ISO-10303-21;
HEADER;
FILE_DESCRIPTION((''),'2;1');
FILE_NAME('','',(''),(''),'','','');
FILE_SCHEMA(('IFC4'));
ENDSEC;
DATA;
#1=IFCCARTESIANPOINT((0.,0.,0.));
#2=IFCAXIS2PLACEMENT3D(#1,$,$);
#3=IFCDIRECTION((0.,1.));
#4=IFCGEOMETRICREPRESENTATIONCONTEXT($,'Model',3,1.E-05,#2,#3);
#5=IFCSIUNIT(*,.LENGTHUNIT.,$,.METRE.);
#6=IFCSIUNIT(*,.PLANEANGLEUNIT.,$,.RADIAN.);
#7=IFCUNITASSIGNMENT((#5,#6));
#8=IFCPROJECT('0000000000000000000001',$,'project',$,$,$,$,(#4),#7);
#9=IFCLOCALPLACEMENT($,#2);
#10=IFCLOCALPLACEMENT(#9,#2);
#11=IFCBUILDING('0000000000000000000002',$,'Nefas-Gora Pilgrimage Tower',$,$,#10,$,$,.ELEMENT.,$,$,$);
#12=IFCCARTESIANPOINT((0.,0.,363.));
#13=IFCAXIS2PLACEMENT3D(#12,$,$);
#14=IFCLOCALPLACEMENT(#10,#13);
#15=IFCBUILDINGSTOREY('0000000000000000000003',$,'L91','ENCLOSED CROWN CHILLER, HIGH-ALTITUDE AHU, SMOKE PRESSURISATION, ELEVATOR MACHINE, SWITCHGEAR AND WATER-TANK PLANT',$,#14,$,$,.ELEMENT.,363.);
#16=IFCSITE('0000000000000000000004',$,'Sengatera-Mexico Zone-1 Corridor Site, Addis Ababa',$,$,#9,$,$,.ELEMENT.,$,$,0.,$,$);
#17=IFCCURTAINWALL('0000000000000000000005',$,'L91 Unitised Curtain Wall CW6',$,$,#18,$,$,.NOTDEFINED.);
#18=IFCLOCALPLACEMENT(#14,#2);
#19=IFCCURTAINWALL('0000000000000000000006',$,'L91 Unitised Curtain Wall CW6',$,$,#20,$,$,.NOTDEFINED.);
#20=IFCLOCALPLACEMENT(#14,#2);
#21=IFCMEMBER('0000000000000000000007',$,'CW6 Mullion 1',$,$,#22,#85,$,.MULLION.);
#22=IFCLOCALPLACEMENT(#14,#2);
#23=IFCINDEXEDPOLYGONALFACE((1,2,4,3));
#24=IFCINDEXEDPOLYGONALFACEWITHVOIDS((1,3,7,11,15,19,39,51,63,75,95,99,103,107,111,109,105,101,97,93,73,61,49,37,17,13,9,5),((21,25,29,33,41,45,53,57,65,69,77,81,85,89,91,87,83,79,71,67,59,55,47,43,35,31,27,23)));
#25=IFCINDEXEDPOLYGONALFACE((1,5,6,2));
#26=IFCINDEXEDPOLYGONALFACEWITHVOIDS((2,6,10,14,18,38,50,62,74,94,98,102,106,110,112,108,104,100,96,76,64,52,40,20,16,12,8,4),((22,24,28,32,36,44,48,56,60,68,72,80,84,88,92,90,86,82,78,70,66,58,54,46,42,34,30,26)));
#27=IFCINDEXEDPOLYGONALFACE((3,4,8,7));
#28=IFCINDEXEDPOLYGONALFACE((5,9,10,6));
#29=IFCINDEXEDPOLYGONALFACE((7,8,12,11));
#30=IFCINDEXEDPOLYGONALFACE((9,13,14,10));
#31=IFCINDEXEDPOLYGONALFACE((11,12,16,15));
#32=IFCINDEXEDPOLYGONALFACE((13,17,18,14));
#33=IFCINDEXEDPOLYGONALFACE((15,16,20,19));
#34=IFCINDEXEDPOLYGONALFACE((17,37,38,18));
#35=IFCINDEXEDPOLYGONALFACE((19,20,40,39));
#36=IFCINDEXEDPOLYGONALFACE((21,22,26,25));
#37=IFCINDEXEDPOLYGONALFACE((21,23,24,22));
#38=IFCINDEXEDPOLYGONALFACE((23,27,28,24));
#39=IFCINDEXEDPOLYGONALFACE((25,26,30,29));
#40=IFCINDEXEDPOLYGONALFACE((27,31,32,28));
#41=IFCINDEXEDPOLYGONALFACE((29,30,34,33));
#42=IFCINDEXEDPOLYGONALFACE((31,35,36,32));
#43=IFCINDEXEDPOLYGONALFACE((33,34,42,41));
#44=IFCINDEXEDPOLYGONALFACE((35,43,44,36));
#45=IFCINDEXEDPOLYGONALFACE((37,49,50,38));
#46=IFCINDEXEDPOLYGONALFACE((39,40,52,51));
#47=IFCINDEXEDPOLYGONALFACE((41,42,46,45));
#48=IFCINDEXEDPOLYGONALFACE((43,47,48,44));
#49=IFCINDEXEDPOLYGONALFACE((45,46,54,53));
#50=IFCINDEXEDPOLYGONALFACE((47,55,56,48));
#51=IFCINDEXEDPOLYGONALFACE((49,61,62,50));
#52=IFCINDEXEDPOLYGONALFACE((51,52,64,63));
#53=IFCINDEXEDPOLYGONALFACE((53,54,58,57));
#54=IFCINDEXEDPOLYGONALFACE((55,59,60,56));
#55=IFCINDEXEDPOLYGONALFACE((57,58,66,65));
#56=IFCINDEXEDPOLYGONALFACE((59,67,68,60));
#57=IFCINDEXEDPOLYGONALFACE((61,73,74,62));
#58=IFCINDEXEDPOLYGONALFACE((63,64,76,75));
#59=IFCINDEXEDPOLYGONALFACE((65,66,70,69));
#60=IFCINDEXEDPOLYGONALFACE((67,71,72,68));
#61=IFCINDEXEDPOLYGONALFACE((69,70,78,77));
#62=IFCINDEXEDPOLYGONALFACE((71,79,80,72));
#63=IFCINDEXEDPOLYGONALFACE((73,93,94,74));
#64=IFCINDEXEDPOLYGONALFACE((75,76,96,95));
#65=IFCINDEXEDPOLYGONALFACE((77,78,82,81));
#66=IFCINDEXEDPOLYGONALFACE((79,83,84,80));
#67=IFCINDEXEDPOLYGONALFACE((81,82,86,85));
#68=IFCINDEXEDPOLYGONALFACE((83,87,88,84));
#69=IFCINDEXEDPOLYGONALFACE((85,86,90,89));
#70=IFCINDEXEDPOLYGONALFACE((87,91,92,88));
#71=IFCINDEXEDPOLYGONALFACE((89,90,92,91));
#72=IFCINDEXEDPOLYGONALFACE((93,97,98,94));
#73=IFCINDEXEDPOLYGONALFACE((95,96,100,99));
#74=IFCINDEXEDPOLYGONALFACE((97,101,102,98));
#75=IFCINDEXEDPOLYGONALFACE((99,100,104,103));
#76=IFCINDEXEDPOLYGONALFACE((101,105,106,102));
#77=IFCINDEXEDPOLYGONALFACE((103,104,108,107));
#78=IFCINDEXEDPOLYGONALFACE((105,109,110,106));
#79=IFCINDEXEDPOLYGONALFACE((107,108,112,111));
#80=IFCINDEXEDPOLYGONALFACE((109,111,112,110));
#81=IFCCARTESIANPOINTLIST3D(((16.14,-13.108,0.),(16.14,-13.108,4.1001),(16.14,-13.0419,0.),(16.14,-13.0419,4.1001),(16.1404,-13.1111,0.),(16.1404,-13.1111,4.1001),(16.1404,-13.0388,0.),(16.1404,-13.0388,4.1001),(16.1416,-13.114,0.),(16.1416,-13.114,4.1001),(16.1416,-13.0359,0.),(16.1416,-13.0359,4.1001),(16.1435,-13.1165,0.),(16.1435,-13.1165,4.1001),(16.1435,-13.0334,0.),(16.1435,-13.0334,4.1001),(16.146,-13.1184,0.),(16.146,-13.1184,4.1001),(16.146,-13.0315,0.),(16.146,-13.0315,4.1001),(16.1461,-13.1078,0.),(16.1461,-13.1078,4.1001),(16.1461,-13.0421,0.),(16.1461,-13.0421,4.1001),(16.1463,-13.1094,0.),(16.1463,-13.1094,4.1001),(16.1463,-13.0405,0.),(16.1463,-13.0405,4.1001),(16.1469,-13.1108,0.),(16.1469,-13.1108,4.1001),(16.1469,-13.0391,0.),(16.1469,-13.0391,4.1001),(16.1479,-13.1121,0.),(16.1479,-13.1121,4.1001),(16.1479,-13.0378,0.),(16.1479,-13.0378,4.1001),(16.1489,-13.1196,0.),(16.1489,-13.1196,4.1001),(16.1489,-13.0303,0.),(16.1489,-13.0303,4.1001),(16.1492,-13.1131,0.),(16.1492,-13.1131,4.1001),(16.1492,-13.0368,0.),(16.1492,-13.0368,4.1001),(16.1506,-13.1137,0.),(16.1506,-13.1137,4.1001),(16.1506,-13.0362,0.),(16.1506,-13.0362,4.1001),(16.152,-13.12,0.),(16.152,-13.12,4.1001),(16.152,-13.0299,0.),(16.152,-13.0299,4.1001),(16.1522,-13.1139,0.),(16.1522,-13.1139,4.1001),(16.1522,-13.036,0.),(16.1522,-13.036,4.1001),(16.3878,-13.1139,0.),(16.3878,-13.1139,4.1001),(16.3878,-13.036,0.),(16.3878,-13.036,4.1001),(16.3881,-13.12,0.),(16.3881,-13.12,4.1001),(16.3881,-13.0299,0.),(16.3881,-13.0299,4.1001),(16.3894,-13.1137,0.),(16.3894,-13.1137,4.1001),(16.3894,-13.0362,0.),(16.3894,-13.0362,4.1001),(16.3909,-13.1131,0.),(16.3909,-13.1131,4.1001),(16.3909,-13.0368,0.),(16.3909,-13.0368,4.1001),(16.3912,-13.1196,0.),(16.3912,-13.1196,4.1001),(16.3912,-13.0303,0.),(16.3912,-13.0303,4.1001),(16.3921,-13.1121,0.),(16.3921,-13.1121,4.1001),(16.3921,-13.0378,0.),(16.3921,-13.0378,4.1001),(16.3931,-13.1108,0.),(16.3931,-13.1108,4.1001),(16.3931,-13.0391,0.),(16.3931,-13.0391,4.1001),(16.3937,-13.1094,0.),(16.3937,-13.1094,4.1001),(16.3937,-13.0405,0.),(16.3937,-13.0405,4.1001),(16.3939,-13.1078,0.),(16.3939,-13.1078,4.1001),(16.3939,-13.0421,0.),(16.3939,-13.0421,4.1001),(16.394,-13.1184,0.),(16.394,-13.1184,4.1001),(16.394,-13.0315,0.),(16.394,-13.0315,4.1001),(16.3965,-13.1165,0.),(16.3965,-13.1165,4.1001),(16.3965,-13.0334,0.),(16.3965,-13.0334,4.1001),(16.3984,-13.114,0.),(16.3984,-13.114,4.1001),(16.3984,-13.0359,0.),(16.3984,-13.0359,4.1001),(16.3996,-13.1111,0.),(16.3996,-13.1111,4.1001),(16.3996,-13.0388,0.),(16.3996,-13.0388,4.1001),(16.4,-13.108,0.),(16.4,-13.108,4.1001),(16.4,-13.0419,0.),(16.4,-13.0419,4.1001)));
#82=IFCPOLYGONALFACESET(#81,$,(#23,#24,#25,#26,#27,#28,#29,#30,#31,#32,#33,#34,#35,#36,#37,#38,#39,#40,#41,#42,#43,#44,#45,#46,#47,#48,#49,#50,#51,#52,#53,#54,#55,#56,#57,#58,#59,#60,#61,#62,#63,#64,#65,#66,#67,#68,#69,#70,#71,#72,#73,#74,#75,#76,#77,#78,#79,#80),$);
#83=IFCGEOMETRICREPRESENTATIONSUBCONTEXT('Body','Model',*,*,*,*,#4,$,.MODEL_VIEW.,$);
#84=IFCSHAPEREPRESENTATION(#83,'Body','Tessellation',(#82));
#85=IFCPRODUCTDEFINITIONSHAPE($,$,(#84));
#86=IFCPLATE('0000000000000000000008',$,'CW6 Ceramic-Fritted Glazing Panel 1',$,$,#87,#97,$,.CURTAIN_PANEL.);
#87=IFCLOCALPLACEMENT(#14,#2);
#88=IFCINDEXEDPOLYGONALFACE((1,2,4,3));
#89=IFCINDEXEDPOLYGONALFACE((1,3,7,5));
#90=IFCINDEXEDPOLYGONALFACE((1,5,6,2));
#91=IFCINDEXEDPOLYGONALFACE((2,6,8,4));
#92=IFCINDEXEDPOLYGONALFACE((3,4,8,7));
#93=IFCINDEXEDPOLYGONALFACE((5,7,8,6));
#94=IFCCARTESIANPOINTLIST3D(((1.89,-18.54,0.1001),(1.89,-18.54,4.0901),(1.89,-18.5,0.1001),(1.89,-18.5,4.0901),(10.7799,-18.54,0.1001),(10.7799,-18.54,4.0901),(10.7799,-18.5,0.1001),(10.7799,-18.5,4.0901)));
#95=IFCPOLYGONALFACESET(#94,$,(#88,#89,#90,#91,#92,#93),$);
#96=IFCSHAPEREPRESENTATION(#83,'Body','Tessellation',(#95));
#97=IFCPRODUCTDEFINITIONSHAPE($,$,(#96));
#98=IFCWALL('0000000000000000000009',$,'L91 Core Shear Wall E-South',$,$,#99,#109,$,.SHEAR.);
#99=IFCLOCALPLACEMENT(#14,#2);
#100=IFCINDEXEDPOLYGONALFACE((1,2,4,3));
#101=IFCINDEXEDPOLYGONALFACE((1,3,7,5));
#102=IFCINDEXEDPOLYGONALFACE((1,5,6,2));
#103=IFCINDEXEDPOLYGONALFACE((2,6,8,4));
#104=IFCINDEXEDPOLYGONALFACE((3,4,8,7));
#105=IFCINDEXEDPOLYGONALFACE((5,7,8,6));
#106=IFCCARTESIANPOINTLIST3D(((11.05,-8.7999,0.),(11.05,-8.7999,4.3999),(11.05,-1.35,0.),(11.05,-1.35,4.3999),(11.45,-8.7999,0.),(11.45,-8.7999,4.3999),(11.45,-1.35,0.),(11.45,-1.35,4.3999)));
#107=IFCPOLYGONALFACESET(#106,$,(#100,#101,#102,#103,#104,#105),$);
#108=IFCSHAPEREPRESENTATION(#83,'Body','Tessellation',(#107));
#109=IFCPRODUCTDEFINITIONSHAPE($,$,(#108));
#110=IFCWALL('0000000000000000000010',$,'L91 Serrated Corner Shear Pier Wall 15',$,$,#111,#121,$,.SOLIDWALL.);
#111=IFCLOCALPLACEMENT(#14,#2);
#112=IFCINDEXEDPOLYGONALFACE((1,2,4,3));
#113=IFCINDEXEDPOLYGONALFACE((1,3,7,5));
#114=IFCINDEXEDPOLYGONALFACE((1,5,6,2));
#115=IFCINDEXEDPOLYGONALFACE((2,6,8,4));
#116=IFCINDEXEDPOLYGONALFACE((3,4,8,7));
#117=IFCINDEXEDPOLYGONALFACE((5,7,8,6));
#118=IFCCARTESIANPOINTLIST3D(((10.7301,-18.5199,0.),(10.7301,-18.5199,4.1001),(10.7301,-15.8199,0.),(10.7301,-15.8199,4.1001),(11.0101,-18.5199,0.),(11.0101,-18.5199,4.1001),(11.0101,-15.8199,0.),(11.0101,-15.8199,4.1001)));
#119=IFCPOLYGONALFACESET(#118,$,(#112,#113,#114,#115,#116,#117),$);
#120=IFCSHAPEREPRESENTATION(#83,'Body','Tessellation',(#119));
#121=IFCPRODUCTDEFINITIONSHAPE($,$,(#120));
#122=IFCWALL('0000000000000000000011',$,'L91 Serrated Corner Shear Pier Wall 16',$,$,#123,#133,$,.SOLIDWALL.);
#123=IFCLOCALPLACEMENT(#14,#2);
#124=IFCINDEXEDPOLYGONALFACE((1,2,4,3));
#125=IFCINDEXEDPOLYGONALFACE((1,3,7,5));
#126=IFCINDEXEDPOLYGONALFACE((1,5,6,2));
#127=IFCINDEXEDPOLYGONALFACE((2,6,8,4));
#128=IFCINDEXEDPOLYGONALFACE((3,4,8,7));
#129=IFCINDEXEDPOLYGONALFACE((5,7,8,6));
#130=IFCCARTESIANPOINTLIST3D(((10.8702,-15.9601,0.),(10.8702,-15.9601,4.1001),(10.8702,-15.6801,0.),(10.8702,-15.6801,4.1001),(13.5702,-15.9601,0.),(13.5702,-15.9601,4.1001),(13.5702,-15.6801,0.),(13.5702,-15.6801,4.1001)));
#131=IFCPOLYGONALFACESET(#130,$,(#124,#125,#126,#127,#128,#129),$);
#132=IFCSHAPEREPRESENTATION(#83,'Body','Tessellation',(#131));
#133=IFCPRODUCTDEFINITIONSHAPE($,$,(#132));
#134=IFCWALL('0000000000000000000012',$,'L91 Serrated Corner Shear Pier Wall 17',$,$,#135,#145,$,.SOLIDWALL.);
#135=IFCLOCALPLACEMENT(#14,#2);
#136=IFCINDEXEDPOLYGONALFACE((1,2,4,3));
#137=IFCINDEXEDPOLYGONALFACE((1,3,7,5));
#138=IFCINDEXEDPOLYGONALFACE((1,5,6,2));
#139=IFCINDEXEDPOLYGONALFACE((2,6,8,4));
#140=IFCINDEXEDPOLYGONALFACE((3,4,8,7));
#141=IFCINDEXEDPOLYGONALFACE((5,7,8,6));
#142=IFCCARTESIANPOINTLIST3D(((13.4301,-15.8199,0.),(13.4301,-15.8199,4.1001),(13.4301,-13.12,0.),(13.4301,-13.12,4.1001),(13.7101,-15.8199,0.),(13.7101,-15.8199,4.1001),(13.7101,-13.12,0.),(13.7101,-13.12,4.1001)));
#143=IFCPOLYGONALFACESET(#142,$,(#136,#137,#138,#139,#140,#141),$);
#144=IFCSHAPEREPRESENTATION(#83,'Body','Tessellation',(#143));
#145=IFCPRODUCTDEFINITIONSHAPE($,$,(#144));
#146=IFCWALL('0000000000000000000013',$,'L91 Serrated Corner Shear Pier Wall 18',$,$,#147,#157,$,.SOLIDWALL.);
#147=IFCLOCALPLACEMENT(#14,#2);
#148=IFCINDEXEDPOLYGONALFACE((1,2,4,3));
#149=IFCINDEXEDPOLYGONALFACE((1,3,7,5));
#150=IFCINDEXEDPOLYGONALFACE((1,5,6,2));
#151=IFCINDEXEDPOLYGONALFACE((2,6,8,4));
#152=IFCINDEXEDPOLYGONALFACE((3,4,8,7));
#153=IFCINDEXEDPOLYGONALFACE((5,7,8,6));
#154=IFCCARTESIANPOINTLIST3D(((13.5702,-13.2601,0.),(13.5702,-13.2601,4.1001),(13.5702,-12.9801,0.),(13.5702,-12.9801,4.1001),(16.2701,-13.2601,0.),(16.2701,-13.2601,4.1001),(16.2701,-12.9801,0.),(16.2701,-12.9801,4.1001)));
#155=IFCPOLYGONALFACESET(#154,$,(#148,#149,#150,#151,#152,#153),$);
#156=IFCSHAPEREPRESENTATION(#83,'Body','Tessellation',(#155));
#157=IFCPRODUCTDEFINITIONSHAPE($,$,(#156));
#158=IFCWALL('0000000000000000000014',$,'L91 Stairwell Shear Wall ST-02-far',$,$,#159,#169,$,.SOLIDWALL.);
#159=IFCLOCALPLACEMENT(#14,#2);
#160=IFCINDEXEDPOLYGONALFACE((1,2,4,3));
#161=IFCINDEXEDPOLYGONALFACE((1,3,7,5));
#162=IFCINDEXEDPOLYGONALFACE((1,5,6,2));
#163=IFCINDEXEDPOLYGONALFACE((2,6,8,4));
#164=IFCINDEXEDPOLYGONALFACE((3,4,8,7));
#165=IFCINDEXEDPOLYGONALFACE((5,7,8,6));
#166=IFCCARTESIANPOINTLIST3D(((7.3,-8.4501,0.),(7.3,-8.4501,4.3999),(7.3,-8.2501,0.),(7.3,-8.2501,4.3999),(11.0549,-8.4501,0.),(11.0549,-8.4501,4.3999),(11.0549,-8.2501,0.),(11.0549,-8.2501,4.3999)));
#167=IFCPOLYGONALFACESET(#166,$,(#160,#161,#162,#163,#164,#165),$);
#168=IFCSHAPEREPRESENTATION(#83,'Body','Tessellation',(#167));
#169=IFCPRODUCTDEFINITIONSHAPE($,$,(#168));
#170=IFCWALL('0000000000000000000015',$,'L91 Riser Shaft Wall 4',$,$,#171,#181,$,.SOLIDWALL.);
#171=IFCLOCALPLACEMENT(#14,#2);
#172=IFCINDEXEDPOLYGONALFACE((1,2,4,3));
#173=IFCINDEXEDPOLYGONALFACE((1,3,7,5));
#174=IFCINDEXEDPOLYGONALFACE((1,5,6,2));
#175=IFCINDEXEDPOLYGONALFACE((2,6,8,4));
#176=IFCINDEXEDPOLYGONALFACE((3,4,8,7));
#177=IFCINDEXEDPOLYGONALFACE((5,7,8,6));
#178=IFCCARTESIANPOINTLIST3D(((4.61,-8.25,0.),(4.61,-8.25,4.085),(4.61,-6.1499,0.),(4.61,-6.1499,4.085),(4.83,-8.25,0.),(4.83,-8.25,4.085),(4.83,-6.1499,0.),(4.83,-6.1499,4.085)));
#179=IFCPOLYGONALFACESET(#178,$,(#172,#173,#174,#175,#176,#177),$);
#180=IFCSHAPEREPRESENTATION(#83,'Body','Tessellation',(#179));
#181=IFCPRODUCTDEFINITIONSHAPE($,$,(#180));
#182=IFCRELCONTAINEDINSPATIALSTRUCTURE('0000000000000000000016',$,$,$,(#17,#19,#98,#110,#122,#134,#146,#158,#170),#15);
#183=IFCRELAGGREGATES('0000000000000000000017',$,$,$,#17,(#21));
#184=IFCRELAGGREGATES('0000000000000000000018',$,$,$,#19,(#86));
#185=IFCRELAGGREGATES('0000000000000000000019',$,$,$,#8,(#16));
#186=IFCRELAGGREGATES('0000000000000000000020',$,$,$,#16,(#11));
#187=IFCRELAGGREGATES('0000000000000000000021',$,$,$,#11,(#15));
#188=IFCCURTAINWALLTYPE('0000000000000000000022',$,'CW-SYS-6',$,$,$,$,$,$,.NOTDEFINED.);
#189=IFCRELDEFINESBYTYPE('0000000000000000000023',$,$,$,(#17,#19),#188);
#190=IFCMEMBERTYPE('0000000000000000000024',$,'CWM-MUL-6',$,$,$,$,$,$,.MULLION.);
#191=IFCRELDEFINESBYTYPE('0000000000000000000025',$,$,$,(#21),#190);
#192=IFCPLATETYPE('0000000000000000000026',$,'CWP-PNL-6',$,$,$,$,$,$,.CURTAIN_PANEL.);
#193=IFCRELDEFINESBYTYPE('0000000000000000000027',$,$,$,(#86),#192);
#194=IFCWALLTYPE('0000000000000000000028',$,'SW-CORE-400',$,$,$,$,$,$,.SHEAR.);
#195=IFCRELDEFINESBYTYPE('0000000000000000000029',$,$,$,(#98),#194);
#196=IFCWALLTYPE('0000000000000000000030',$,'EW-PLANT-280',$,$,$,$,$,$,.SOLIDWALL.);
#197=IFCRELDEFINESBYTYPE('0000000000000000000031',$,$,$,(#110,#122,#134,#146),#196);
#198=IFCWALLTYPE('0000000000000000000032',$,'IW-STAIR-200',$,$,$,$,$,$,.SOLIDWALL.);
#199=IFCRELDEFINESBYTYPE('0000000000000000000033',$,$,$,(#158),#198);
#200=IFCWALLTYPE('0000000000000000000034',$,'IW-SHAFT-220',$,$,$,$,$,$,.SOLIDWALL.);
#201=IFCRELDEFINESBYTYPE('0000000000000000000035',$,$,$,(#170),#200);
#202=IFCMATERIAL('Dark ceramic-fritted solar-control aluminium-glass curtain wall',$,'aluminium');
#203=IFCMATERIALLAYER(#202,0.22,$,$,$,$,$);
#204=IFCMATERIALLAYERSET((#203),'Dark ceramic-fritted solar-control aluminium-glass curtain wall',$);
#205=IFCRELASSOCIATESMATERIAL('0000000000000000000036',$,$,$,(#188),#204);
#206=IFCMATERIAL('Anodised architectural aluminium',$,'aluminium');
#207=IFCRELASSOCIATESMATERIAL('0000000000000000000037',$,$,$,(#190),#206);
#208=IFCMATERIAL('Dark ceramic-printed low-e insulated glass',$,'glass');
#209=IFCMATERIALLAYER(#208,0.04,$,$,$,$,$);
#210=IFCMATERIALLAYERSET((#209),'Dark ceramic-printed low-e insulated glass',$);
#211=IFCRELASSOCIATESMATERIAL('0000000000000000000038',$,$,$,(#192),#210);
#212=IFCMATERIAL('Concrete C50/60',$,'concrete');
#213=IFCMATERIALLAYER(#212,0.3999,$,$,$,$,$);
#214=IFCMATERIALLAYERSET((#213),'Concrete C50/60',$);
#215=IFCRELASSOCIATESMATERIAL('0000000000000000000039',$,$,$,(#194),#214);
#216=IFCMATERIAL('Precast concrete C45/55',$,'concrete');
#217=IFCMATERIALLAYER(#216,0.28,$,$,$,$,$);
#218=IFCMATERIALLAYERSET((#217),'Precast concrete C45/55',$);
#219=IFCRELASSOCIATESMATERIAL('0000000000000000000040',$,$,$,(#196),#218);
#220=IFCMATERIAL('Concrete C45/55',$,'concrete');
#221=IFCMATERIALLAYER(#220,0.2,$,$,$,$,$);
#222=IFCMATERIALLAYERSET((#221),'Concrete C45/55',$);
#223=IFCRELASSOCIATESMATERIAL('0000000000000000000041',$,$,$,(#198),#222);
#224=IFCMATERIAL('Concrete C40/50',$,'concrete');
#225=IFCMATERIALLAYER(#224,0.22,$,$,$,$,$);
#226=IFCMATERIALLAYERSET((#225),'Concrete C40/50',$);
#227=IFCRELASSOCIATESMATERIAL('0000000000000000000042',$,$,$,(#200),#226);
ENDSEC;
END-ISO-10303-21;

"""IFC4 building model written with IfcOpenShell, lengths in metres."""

from ifc_helpers import new_model, si_unit, direction, frame, frame_2d, origin, origin_2d, place, context, subcontext, project, spatial, rectangle, hollow_rectangle, extrude, source, transform, mapped, material, layer, layer_set, material_profile, profile_set, type_object, element, aggregate, save


model = new_model("IFC4")

# Units and contexts
model_context = context("Model", 3, precision=1e-05, world=origin(), true_north=direction((0.0, 1.0)))
body_context = subcontext(model_context, "Body", "Model", "MODEL_VIEW")
ifc_project = project(units=[si_unit("LENGTHUNIT", "METRE"), si_unit("PLANEANGLEUNIT", "RADIAN")], contexts=[model_context])

# Site, building, storey
site_placement = place(None, origin())
site = spatial("IfcSite", under=ifc_project, at=site_placement, Name="Sengatera-Mexico Zone-1 Corridor Site, Addis Ababa", CompositionType="ELEMENT", RefElevation=0.0)
building_placement = place(site_placement, origin())
building = spatial("IfcBuilding", under=site, at=building_placement, Name="Nefas-Gora Pilgrimage Tower", CompositionType="ELEMENT")
storey_placement = place(building_placement, frame((0.0, 0.0, 363.0)))
storey = spatial("IfcBuildingStorey", under=building, at=storey_placement, Name="L91", Description="ENCLOSED CROWN CHILLER, HIGH-ALTITUDE AHU, SMOKE PRESSURISATION, ELEVATOR MACHINE, SWITCHGEAR AND WATER-TANK PLANT", CompositionType="ELEMENT", Elevation=363.0)

# Shared definitions
ifc_material_1 = material(Name="Concrete C50/60", Category="concrete")

# Curtain walls
ifc_material_2 = material(Name="Dark ceramic-fritted solar-control aluminium-glass curtain wall", Category="aluminium")
ifc_layer_1 = layer(ifc_material_2, 0.22)
ifc_layer_set_1 = layer_set([ifc_layer_1], Name="Dark ceramic-fritted solar-control aluminium-glass curtain wall")
curtain_wall_type = type_object("IfcCurtainWallType", Name="CW-SYS-6", PredefinedType="NOTDEFINED", material=ifc_layer_set_1)
curtain_wall_1_placement = place(storey_placement, origin())
curtain_wall_1 = element("IfcCurtainWall", 1, at=curtain_wall_1_placement, inside=storey, type_object=curtain_wall_type, Name="L91 Unitised Curtain Wall CW6", PredefinedType="NOTDEFINED")
ifc_material_3 = material(Name="Anodised architectural aluminium", Category="aluminium")
curtain_wall_2_placement = place(storey_placement, origin())
curtain_wall_2 = element("IfcCurtainWall", 2, at=curtain_wall_2_placement, inside=storey, type_object=curtain_wall_type, Name="L91 Unitised Curtain Wall CW6", PredefinedType="NOTDEFINED")
ifc_material_profile_1 = material_profile(ifc_material_3, hollow_rectangle(XDim=0.0901, YDim=0.26, WallThickness=0.0061, InnerFilletRadius=0.0061, OuterFilletRadius=0.012, at=origin_2d()), Name="ALU MULLION 90x260")
ifc_profile_set_1 = profile_set([ifc_material_profile_1], Name="Anodised architectural aluminium")
member_type_1 = type_object("IfcMemberType", Name="CWM-MUL-6", PredefinedType="MULLION", material=ifc_profile_set_1)
shared_shape_1 = source(origin(), body_context, "Body", "SweptSolid", [
    extrude(hollow_rectangle(XDim=0.0901, YDim=0.26, WallThickness=0.0061, InnerFilletRadius=0.0061, OuterFilletRadius=0.012, at=origin_2d()), origin(), (0.0, 0.0, 1.0), 4.1001),
])

# Member
member_1_placement = place(storey_placement, frame((16.27, -13.075, 0.0), z_axis=(0.0, 0.0, 1.0), x_axis=(0.0, 1.0, 0.0)))
member_1 = element("IfcMember", 3, at=member_1_placement, type_object=member_type_1, Name="CW6 Mullion 1", PredefinedType="MULLION", context=body_context, shape_type="MappedRepresentation", body=[
    mapped(shared_shape_1, transform((0.0, 0.0, 0.0), x_axis=(1.0, 0.0, 0.0), y_axis=(0.0, 1.0, 0.0), z_axis=(0.0, 0.0, 1.0), scale=1.0)),
])
aggregate(curtain_wall_1, [member_1])

# Plate
ifc_material_4 = material(Name="Dark ceramic-printed low-e insulated glass", Category="glass")
ifc_layer_2 = layer(ifc_material_4, 0.04)
ifc_layer_set_2 = layer_set([ifc_layer_2], Name="Dark ceramic-printed low-e insulated glass")
plate_type = type_object("IfcPlateType", Name="CWP-PNL-6", PredefinedType="CURTAIN_PANEL", material=ifc_layer_set_2)
shared_shape_2 = source(origin(), body_context, "Body", "SweptSolid", [
    extrude(rectangle(XDim=8.8899, YDim=0.04, at=origin_2d()), origin(), (0.0, 0.0, 1.0), 3.99),
])
plate_placement = place(storey_placement, frame((6.335, -18.52, 0.1001), z_axis=(0.0, 0.0, 1.0), x_axis=(1.0, 0.0, 0.0)))
plate = element("IfcPlate", 4, at=plate_placement, type_object=plate_type, Name="CW6 Ceramic-Fritted Glazing Panel 1", PredefinedType="CURTAIN_PANEL", context=body_context, shape_type="MappedRepresentation", body=[
    mapped(shared_shape_2, transform((0.0, 0.0, 0.0), x_axis=(1.0, 0.0, 0.0), y_axis=(0.0, 1.0, 0.0), z_axis=(0.0, 0.0, 1.0), scale=1.0)),
])
aggregate(curtain_wall_2, [plate])

# Walls
ifc_layer_3 = layer(ifc_material_1, 0.3999)
ifc_layer_set_3 = layer_set([ifc_layer_3], Name="Concrete C50/60")
wall_type_1 = type_object("IfcWallType", Name="SW-CORE-400", PredefinedType="SHEAR", material=ifc_layer_set_3)
shared_shape_3 = source(origin(), body_context, "Body", "SweptSolid", [
    extrude(rectangle(XDim=7.45, YDim=0.3999, at=frame_2d((3.7251, 0.0))), origin(), (0.0, 0.0, 1.0), 4.3999),
])
wall_1_placement = place(storey_placement, frame((11.25, -8.8, 0.0), z_axis=(0.0, 0.0, 1.0), x_axis=(0.0, 1.0, 0.0)))
element("IfcWall", 5, at=wall_1_placement, inside=storey, type_object=wall_type_1, Name="L91 Core Shear Wall E-South", PredefinedType="SHEAR", context=body_context, shape_type="MappedRepresentation", body=[
    mapped(shared_shape_3, transform((0.0, 0.0, 0.0), x_axis=(1.0, 0.0, 0.0), y_axis=(0.0, 1.0, 0.0), z_axis=(0.0, 0.0, 1.0), scale=1.0)),
])
ifc_material_5 = material(Name="Precast concrete C45/55", Category="concrete")
ifc_layer_4 = layer(ifc_material_5, 0.28)
ifc_layer_set_4 = layer_set([ifc_layer_4], Name="Precast concrete C45/55")
wall_type_2 = type_object("IfcWallType", Name="EW-PLANT-280", PredefinedType="SOLIDWALL", material=ifc_layer_set_4)
shared_shape_4 = source(origin(), body_context, "Body", "SweptSolid", [
    extrude(rectangle(XDim=2.7, YDim=0.28, at=frame_2d((1.3501, 0.0))), origin(), (0.0, 0.0, 1.0), 4.1001),
])
for number, where, z_axis, x_axis, name in (
    (6, (10.8701, -18.52, 0.0), (0.0, 0.0, 1.0), (0.0, 1.0, 0.0), "L91 Serrated Corner Shear Pier Wall 15"),
    (7, (10.8701, -15.8201, 0.0), (0.0, 0.0, 1.0), (1.0, 0.0, 0.0), "L91 Serrated Corner Shear Pier Wall 16"),
    (8, (13.5701, -15.8201, 0.0), (0.0, 0.0, 1.0), (0.0, 1.0, 0.0), "L91 Serrated Corner Shear Pier Wall 17"),
    (9, (13.5701, -13.1201, 0.0), (0.0, 0.0, 1.0), (1.0, 0.0, 0.0), "L91 Serrated Corner Shear Pier Wall 18"),
):
    element("IfcWall", number, at=place(storey_placement, frame(where, z_axis=z_axis, x_axis=x_axis)), inside=storey, type_object=wall_type_2, Name=name, PredefinedType="SOLIDWALL", context=body_context, shape_type="MappedRepresentation", body=[
        mapped(shared_shape_4, transform((0.0, 0.0, 0.0), x_axis=(1.0, 0.0, 0.0), y_axis=(0.0, 1.0, 0.0), z_axis=(0.0, 0.0, 1.0), scale=1.0)),
    ])
ifc_material_6 = material(Name="Concrete C45/55", Category="concrete")
ifc_layer_5 = layer(ifc_material_6, 0.2)
ifc_layer_set_5 = layer_set([ifc_layer_5], Name="Concrete C45/55")
wall_type_3 = type_object("IfcWallType", Name="IW-STAIR-200", PredefinedType="SOLIDWALL", material=ifc_layer_set_5)
shared_shape_5 = source(origin(), body_context, "Body", "SweptSolid", [
    extrude(rectangle(XDim=3.7549, YDim=0.2, at=frame_2d((1.8774, 0.0))), origin(), (0.0, 0.0, 1.0), 4.3999),
])
wall_2_placement = place(storey_placement, frame((7.3, -8.3501, 0.0), z_axis=(0.0, 0.0, 1.0), x_axis=(1.0, 0.0, 0.0)))
element("IfcWall", 10, at=wall_2_placement, inside=storey, type_object=wall_type_3, Name="L91 Stairwell Shear Wall ST-02-far", PredefinedType="SOLIDWALL", context=body_context, shape_type="MappedRepresentation", body=[
    mapped(shared_shape_5, transform((0.0, 0.0, 0.0), x_axis=(1.0, 0.0, 0.0), y_axis=(0.0, 1.0, 0.0), z_axis=(0.0, 0.0, 1.0), scale=1.0)),
])
ifc_material_7 = material(Name="Concrete C40/50", Category="concrete")
ifc_layer_6 = layer(ifc_material_7, 0.22)
ifc_layer_set_6 = layer_set([ifc_layer_6], Name="Concrete C40/50")
wall_type_4 = type_object("IfcWallType", Name="IW-SHAFT-220", PredefinedType="SOLIDWALL", material=ifc_layer_set_6)
shared_shape_6 = source(origin(), body_context, "Body", "SweptSolid", [
    extrude(rectangle(XDim=2.1001, YDim=0.22, at=frame_2d((1.05, 0.0))), origin(), (0.0, 0.0, 1.0), 4.085),
])
wall_3_placement = place(storey_placement, frame((4.72, -8.25, 0.0), z_axis=(0.0, 0.0, 1.0), x_axis=(0.0, 1.0, 0.0)))
element("IfcWall", 11, at=wall_3_placement, inside=storey, type_object=wall_type_4, Name="L91 Riser Shaft Wall 4", PredefinedType="SOLIDWALL", context=body_context, shape_type="MappedRepresentation", body=[
    mapped(shared_shape_6, transform((0.0, 0.0, 0.0), x_axis=(1.0, 0.0, 0.0), y_axis=(0.0, 1.0, 0.0), z_axis=(0.0, 0.0, 1.0), scale=1.0)),
])

save(model, "model.ifc")
